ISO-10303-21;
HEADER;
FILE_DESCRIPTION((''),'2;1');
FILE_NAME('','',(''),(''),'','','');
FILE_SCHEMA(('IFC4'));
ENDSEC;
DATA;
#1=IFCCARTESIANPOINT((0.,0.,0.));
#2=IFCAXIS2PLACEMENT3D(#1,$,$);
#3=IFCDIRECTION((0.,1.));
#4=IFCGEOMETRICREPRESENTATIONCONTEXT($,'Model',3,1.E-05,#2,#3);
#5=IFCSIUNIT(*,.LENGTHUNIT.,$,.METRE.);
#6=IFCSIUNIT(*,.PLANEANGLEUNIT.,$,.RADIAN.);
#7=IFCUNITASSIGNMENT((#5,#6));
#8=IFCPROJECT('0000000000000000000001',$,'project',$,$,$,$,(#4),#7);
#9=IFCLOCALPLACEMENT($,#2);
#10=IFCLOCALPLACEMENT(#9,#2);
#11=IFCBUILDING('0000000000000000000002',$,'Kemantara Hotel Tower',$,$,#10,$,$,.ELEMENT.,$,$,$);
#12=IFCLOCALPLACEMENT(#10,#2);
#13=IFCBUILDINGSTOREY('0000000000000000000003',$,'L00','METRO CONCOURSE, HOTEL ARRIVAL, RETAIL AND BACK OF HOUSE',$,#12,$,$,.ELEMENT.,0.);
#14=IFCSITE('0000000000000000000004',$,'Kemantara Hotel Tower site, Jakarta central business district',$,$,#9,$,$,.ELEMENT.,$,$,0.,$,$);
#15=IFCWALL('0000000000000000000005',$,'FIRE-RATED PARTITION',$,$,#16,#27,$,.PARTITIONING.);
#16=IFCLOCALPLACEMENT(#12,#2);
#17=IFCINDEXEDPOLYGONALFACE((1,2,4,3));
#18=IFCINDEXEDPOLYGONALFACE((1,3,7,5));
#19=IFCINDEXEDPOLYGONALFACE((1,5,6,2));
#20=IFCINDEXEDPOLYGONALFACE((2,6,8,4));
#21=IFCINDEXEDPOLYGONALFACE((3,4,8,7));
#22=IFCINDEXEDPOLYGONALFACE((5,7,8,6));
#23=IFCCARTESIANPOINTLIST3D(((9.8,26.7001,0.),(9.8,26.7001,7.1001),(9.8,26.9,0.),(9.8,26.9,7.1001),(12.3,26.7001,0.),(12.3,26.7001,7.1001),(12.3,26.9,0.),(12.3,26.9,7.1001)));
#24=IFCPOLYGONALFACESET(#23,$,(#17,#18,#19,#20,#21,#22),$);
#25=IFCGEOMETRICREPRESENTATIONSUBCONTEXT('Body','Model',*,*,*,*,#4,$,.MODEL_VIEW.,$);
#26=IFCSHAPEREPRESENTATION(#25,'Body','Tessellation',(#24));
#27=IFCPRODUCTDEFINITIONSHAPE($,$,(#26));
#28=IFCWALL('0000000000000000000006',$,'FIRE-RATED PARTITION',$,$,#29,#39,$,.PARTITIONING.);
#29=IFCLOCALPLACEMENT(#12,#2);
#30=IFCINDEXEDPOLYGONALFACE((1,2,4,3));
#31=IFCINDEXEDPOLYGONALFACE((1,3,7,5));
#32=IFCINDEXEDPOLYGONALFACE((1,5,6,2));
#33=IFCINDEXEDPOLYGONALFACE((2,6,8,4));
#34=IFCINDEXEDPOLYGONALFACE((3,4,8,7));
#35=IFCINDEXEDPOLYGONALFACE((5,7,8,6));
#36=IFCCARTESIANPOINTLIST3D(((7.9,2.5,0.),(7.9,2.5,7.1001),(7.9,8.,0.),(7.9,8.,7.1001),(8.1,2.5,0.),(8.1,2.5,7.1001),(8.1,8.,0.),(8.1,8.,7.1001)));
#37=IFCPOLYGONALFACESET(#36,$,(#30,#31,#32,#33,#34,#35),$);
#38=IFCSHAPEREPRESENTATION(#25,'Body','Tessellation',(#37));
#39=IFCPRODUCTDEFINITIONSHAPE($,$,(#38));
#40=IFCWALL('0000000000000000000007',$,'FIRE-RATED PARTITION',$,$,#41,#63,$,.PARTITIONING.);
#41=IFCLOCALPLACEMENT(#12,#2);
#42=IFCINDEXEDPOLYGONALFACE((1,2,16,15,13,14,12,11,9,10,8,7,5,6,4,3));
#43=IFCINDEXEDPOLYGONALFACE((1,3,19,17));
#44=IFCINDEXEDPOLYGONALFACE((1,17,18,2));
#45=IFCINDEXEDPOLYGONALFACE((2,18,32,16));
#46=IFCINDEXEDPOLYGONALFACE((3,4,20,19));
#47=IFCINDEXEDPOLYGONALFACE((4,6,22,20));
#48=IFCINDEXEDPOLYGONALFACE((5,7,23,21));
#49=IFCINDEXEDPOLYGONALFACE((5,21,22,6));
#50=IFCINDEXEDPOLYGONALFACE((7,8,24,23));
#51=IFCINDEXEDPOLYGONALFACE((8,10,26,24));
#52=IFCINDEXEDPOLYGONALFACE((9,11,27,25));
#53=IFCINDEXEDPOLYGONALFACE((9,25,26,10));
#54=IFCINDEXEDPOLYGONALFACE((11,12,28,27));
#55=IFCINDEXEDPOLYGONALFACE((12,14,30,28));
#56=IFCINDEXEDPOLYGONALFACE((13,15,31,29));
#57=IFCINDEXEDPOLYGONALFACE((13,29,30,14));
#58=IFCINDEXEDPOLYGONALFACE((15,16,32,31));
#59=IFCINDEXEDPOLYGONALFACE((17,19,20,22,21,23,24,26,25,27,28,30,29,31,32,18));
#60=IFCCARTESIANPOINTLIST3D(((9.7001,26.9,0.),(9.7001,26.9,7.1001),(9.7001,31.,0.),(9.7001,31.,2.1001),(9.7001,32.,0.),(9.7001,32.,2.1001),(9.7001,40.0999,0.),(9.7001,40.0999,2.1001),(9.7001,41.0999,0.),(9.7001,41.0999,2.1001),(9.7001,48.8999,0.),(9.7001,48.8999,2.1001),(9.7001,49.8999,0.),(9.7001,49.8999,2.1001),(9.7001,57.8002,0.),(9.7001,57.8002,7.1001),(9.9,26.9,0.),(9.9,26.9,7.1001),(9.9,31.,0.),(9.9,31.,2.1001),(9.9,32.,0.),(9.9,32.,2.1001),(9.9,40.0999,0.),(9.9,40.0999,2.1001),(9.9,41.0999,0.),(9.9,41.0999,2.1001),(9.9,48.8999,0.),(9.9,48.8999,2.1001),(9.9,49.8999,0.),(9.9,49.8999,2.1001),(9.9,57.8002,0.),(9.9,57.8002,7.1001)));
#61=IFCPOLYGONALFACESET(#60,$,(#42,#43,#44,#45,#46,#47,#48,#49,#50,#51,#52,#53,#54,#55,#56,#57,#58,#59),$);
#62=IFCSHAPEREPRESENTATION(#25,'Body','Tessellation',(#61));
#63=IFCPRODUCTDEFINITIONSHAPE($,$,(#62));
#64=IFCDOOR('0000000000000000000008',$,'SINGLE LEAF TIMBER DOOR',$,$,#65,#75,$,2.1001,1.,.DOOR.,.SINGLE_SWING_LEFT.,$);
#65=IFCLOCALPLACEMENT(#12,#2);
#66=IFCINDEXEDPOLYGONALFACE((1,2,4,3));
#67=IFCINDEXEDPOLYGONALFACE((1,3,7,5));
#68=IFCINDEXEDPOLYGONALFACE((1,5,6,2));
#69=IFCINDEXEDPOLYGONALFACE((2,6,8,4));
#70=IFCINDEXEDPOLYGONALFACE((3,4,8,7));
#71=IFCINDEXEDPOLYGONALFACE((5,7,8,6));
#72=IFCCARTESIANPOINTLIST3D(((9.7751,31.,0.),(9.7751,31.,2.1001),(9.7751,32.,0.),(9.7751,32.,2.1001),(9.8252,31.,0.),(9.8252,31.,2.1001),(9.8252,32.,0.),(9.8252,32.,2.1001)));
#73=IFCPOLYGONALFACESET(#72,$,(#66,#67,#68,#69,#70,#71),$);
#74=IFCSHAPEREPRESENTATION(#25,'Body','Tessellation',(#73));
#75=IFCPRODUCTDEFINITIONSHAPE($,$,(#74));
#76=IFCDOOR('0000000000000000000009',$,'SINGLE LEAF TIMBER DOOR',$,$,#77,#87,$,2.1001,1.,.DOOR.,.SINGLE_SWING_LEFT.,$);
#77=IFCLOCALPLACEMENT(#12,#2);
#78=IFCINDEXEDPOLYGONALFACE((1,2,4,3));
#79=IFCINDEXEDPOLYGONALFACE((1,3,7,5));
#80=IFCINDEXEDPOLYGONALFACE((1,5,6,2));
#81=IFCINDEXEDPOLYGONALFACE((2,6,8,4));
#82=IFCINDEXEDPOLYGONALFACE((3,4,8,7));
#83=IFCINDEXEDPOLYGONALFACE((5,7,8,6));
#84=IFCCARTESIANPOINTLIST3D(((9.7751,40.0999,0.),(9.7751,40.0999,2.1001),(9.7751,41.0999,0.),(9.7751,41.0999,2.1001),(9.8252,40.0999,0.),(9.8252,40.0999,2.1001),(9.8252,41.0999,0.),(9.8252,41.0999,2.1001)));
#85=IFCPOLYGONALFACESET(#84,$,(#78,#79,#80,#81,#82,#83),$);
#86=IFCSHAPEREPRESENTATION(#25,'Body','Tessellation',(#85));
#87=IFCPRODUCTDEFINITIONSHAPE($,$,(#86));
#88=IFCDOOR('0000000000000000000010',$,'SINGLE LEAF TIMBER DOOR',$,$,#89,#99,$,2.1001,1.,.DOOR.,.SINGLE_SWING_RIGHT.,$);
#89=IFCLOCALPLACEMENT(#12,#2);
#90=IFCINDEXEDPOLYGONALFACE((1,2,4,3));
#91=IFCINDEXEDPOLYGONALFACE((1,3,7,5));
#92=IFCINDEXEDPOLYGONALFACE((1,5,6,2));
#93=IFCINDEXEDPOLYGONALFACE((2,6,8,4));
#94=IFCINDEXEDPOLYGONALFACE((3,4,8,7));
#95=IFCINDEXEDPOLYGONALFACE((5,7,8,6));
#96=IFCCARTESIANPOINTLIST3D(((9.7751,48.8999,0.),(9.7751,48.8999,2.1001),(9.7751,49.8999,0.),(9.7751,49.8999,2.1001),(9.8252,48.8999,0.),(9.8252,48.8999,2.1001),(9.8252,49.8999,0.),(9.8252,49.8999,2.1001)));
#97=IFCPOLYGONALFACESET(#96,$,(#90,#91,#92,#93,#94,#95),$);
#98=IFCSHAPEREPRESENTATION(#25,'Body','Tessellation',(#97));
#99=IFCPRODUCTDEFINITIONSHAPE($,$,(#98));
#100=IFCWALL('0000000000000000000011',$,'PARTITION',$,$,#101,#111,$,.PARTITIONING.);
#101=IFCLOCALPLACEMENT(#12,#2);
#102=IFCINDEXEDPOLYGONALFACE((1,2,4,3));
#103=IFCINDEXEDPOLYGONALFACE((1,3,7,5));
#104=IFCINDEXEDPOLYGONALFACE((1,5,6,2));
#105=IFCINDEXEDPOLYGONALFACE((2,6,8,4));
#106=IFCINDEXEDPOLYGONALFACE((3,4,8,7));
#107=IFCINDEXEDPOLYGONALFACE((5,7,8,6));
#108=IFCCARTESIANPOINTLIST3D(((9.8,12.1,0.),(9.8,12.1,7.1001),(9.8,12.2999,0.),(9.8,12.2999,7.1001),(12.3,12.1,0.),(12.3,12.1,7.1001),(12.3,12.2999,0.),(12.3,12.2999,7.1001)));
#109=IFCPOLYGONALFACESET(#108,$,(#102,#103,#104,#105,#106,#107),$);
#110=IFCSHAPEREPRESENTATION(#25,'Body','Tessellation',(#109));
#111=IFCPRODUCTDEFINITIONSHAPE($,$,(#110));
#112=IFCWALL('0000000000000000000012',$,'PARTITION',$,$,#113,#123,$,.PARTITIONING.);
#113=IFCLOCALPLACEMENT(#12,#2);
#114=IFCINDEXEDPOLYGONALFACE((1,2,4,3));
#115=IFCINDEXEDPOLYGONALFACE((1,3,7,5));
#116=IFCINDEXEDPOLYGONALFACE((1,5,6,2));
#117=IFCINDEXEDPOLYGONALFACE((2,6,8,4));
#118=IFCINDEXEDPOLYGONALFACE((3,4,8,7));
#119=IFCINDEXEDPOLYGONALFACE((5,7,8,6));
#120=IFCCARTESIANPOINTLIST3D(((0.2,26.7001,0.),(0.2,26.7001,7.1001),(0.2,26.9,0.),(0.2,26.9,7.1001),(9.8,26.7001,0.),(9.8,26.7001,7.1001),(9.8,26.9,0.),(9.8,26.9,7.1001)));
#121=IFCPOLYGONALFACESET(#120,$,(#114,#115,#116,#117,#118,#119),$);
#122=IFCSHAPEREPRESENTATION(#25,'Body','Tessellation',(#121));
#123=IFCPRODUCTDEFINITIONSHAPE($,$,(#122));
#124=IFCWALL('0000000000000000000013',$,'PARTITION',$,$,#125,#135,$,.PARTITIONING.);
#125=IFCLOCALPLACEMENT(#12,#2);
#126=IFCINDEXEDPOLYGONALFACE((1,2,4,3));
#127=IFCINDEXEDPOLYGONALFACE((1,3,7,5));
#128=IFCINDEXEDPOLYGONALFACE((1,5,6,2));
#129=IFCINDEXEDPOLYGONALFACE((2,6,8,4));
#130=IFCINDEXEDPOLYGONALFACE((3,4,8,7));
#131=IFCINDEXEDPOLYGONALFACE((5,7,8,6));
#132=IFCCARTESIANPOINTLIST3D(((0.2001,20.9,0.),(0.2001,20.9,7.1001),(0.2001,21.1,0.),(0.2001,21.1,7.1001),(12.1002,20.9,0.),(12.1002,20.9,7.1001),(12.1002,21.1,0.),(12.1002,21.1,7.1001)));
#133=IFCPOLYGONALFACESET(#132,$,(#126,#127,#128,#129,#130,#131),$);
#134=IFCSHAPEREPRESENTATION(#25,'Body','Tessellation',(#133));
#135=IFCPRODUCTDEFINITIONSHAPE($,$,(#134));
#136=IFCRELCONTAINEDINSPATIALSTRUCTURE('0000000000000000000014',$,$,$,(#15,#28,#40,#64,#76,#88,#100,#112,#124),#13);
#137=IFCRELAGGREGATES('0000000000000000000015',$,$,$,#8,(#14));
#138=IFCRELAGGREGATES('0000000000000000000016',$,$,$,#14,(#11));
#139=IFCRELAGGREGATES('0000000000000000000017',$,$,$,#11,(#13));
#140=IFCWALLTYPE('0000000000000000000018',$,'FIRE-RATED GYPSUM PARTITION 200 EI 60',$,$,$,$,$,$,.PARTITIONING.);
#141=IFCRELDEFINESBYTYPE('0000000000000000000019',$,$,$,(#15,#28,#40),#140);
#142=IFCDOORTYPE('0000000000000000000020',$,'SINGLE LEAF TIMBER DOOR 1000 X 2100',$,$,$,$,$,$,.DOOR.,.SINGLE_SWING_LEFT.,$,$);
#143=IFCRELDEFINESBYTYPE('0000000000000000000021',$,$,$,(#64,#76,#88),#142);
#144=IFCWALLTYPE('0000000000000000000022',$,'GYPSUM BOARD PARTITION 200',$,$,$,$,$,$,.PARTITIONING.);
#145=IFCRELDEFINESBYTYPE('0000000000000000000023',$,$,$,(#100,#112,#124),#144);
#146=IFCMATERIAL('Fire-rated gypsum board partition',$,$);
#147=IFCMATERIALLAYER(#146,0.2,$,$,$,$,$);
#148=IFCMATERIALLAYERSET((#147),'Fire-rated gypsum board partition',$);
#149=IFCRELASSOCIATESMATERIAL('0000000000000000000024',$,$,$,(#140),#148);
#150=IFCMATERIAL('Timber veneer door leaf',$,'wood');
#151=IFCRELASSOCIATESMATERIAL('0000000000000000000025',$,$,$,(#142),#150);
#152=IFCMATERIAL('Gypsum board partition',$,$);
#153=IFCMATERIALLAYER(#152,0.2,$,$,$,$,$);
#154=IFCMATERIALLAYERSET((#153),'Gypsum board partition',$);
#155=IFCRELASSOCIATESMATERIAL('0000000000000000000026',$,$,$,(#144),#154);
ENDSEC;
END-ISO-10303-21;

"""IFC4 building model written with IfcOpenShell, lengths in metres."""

from ifc_helpers import new_model, si_unit, direction, frame, frame_2d, origin, place, context, subcontext, project, spatial, rectangle, extrude, material, layer, layer_set, type_object, element, fill, save


model = new_model("IFC4")

# Units and contexts
model_context = context("Model", 3, precision=1e-05, world=origin(), true_north=direction((0.0, 1.0)))
body_context = subcontext(model_context, "Body", "Model", "MODEL_VIEW")
ifc_project = project(units=[si_unit("LENGTHUNIT", "METRE"), si_unit("PLANEANGLEUNIT", "RADIAN")], contexts=[model_context])

# Site, building, storey
site_placement = place(None, origin())
site = spatial("IfcSite", under=ifc_project, at=site_placement, Name="Kemantara Hotel Tower site, Jakarta central business district", CompositionType="ELEMENT", RefElevation=0.0)
building_placement = place(site_placement, origin())
building = spatial("IfcBuilding", under=site, at=building_placement, Name="Kemantara Hotel Tower", CompositionType="ELEMENT")
storey_placement = place(building_placement, origin())
storey = spatial("IfcBuildingStorey", under=building, at=storey_placement, Name="L00", Description="METRO CONCOURSE, HOTEL ARRIVAL, RETAIL AND BACK OF HOUSE", CompositionType="ELEMENT", Elevation=0.0)

# Walls
ifc_material_1 = material(Name="Fire-rated gypsum board partition")
ifc_layer_1 = layer(ifc_material_1, 0.2)
ifc_layer_set_1 = layer_set([ifc_layer_1], Name="Fire-rated gypsum board partition")
wall_type_1 = type_object("IfcWallType", Name="FIRE-RATED GYPSUM PARTITION 200 EI 60", PredefinedType="PARTITIONING", material=ifc_layer_set_1)
wall_1_placement = place(storey_placement, frame((9.8, 26.8, 0.0), z_axis=(0.0, 0.0, 1.0), x_axis=(1.0, 0.0, 0.0)))
element("IfcWall", 1, at=wall_1_placement, inside=storey, type_object=wall_type_1, Name="FIRE-RATED PARTITION", PredefinedType="PARTITIONING", context=body_context, shape_type="SweptSolid", body=[
    extrude(rectangle(XDim=2.5, YDim=0.2, at=frame_2d((1.25, 0.0))), origin(), (0.0, 0.0, 1.0), 7.1001),
])
wall_2_placement = place(storey_placement, frame((8.0, 2.5, 0.0), z_axis=(0.0, 0.0, 1.0), x_axis=(0.0, 1.0, 0.0)))
element("IfcWall", 2, at=wall_2_placement, inside=storey, type_object=wall_type_1, Name="FIRE-RATED PARTITION", PredefinedType="PARTITIONING", context=body_context, shape_type="SweptSolid", body=[
    extrude(rectangle(XDim=5.5, YDim=0.2, at=frame_2d((2.75, 0.0))), origin(), (0.0, 0.0, 1.0), 7.1001),
])

# Wall, openings, doors
wall_3_placement = place(storey_placement, frame((9.8, 26.8999, 0.0), z_axis=(0.0, 0.0, 1.0), x_axis=(0.0, 1.0, 0.0)))
wall_3 = element("IfcWall", 3, at=wall_3_placement, inside=storey, type_object=wall_type_1, Name="FIRE-RATED PARTITION", PredefinedType="PARTITIONING", context=body_context, shape_type="SweptSolid", body=[
    extrude(rectangle(XDim=30.9001, YDim=0.2, at=frame_2d((15.4502, 0.0))), origin(), (0.0, 0.0, 1.0), 7.1001),
])
opening_1_placement = place(wall_3_placement, frame((4.1001, 0.0, 0.0)))
opening_1 = element("IfcOpeningElement", 4, at=opening_1_placement, cuts=wall_3, PredefinedType="OPENING", context=body_context, shape_type="SweptSolid", body=[
    extrude(rectangle(XDim=1.0, YDim=2.1001, at=frame_2d((0.5, 1.05))), frame((0.0, 0.1099, 0.0), z_axis=(0.0, -1.0, 0.0), x_axis=(1.0, 0.0, 0.0)), (0.0, 0.0, 1.0), 0.22),
])
opening_2_placement = place(wall_3_placement, frame((13.2, 0.0, 0.0)))
opening_2 = element("IfcOpeningElement", 5, at=opening_2_placement, cuts=wall_3, PredefinedType="OPENING", context=body_context, shape_type="SweptSolid", body=[
    extrude(rectangle(XDim=1.0, YDim=2.1001, at=frame_2d((0.5, 1.05))), frame((0.0, 0.1099, 0.0), z_axis=(0.0, -1.0, 0.0), x_axis=(1.0, 0.0, 0.0)), (0.0, 0.0, 1.0), 0.22),
])
opening_3_placement = place(wall_3_placement, frame((22.0, 0.0, 0.0)))
opening_3 = element("IfcOpeningElement", 6, at=opening_3_placement, cuts=wall_3, PredefinedType="OPENING", context=body_context, shape_type="SweptSolid", body=[
    extrude(rectangle(XDim=1.0, YDim=2.1001, at=frame_2d((0.5, 1.05))), frame((0.0, 0.1099, 0.0), z_axis=(0.0, -1.0, 0.0), x_axis=(1.0, 0.0, 0.0)), (0.0, 0.0, 1.0), 0.22),
])
ifc_material_2 = material(Name="Timber veneer door leaf", Category="wood")
door_type_1 = type_object("IfcDoorType", Name="SINGLE LEAF TIMBER DOOR 1000 X 2100", OperationType="SINGLE_SWING_LEFT", PredefinedType="DOOR", material=ifc_material_2)
door_1_placement = place(opening_1_placement, origin())
door_1 = element("IfcDoor", 7, at=door_1_placement, inside=storey, type_object=door_type_1, Name="SINGLE LEAF TIMBER DOOR", OperationType="SINGLE_SWING_LEFT", OverallHeight=2.1001, OverallWidth=1.0, PredefinedType="DOOR", context=body_context, shape_type="SweptSolid", body=[
    extrude(rectangle(XDim=1.0, YDim=2.1001, at=frame_2d((0.5, 1.05))), frame((0.0, 0.0249, 0.0), z_axis=(0.0, -1.0, 0.0), x_axis=(1.0, 0.0, 0.0)), (0.0, 0.0, 1.0), 0.05),
])
fill(opening_1, door_1)
door_2_placement = place(opening_2_placement, origin())
door_2 = element("IfcDoor", 8, at=door_2_placement, inside=storey, type_object=door_type_1, Name="SINGLE LEAF TIMBER DOOR", OperationType="SINGLE_SWING_LEFT", OverallHeight=2.1001, OverallWidth=1.0, PredefinedType="DOOR", context=body_context, shape_type="SweptSolid", body=[
    extrude(rectangle(XDim=1.0, YDim=2.1001, at=frame_2d((0.5, 1.05))), frame((0.0, 0.0249, 0.0), z_axis=(0.0, -1.0, 0.0), x_axis=(1.0, 0.0, 0.0)), (0.0, 0.0, 1.0), 0.05),
])
fill(opening_2, door_2)
door_3_placement = place(opening_3_placement, origin())
door_3 = element("IfcDoor", 9, at=door_3_placement, inside=storey, type_object=door_type_1, Name="SINGLE LEAF TIMBER DOOR", OperationType="SINGLE_SWING_RIGHT", OverallHeight=2.1001, OverallWidth=1.0, PredefinedType="DOOR", context=body_context, shape_type="SweptSolid", body=[
    extrude(rectangle(XDim=1.0, YDim=2.1001, at=frame_2d((0.5, 1.05))), frame((0.0, 0.0249, 0.0), z_axis=(0.0, -1.0, 0.0), x_axis=(1.0, 0.0, 0.0)), (0.0, 0.0, 1.0), 0.05),
])
fill(opening_3, door_3)

# Walls
ifc_material_3 = material(Name="Gypsum board partition")
ifc_layer_2 = layer(ifc_material_3, 0.2)
ifc_layer_set_2 = layer_set([ifc_layer_2], Name="Gypsum board partition")
wall_type_2 = type_object("IfcWallType", Name="GYPSUM BOARD PARTITION 200", PredefinedType="PARTITIONING", material=ifc_layer_set_2)
wall_4_placement = place(storey_placement, frame((9.8, 12.2, 0.0), z_axis=(0.0, 0.0, 1.0), x_axis=(1.0, 0.0, 0.0)))
element("IfcWall", 10, at=wall_4_placement, inside=storey, type_object=wall_type_2, Name="PARTITION", PredefinedType="PARTITIONING", context=body_context, shape_type="SweptSolid", body=[
    extrude(rectangle(XDim=2.5, YDim=0.2, at=frame_2d((1.25, 0.0))), origin(), (0.0, 0.0, 1.0), 7.1001),
])
wall_5_placement = place(storey_placement, frame((0.2, 26.8, 0.0), z_axis=(0.0, 0.0, 1.0), x_axis=(1.0, 0.0, 0.0)))
element("IfcWall", 11, at=wall_5_placement, inside=storey, type_object=wall_type_2, Name="PARTITION", PredefinedType="PARTITIONING", context=body_context, shape_type="SweptSolid", body=[
    extrude(rectangle(XDim=9.6001, YDim=0.2, at=frame_2d((4.8, 0.0))), origin(), (0.0, 0.0, 1.0), 7.1001),
])
wall_6_placement = place(storey_placement, frame((0.2, 21.0, 0.0), z_axis=(0.0, 0.0, 1.0), x_axis=(1.0, 0.0, 0.0)))
element("IfcWall", 12, at=wall_6_placement, inside=storey, type_object=wall_type_2, Name="PARTITION", PredefinedType="PARTITIONING", context=body_context, shape_type="SweptSolid", body=[
    extrude(rectangle(XDim=11.9001, YDim=0.2, at=frame_2d((5.9502, 0.0))), origin(), (0.0, 0.0, 1.0), 7.1001),
])

save(model, "model.ifc")
